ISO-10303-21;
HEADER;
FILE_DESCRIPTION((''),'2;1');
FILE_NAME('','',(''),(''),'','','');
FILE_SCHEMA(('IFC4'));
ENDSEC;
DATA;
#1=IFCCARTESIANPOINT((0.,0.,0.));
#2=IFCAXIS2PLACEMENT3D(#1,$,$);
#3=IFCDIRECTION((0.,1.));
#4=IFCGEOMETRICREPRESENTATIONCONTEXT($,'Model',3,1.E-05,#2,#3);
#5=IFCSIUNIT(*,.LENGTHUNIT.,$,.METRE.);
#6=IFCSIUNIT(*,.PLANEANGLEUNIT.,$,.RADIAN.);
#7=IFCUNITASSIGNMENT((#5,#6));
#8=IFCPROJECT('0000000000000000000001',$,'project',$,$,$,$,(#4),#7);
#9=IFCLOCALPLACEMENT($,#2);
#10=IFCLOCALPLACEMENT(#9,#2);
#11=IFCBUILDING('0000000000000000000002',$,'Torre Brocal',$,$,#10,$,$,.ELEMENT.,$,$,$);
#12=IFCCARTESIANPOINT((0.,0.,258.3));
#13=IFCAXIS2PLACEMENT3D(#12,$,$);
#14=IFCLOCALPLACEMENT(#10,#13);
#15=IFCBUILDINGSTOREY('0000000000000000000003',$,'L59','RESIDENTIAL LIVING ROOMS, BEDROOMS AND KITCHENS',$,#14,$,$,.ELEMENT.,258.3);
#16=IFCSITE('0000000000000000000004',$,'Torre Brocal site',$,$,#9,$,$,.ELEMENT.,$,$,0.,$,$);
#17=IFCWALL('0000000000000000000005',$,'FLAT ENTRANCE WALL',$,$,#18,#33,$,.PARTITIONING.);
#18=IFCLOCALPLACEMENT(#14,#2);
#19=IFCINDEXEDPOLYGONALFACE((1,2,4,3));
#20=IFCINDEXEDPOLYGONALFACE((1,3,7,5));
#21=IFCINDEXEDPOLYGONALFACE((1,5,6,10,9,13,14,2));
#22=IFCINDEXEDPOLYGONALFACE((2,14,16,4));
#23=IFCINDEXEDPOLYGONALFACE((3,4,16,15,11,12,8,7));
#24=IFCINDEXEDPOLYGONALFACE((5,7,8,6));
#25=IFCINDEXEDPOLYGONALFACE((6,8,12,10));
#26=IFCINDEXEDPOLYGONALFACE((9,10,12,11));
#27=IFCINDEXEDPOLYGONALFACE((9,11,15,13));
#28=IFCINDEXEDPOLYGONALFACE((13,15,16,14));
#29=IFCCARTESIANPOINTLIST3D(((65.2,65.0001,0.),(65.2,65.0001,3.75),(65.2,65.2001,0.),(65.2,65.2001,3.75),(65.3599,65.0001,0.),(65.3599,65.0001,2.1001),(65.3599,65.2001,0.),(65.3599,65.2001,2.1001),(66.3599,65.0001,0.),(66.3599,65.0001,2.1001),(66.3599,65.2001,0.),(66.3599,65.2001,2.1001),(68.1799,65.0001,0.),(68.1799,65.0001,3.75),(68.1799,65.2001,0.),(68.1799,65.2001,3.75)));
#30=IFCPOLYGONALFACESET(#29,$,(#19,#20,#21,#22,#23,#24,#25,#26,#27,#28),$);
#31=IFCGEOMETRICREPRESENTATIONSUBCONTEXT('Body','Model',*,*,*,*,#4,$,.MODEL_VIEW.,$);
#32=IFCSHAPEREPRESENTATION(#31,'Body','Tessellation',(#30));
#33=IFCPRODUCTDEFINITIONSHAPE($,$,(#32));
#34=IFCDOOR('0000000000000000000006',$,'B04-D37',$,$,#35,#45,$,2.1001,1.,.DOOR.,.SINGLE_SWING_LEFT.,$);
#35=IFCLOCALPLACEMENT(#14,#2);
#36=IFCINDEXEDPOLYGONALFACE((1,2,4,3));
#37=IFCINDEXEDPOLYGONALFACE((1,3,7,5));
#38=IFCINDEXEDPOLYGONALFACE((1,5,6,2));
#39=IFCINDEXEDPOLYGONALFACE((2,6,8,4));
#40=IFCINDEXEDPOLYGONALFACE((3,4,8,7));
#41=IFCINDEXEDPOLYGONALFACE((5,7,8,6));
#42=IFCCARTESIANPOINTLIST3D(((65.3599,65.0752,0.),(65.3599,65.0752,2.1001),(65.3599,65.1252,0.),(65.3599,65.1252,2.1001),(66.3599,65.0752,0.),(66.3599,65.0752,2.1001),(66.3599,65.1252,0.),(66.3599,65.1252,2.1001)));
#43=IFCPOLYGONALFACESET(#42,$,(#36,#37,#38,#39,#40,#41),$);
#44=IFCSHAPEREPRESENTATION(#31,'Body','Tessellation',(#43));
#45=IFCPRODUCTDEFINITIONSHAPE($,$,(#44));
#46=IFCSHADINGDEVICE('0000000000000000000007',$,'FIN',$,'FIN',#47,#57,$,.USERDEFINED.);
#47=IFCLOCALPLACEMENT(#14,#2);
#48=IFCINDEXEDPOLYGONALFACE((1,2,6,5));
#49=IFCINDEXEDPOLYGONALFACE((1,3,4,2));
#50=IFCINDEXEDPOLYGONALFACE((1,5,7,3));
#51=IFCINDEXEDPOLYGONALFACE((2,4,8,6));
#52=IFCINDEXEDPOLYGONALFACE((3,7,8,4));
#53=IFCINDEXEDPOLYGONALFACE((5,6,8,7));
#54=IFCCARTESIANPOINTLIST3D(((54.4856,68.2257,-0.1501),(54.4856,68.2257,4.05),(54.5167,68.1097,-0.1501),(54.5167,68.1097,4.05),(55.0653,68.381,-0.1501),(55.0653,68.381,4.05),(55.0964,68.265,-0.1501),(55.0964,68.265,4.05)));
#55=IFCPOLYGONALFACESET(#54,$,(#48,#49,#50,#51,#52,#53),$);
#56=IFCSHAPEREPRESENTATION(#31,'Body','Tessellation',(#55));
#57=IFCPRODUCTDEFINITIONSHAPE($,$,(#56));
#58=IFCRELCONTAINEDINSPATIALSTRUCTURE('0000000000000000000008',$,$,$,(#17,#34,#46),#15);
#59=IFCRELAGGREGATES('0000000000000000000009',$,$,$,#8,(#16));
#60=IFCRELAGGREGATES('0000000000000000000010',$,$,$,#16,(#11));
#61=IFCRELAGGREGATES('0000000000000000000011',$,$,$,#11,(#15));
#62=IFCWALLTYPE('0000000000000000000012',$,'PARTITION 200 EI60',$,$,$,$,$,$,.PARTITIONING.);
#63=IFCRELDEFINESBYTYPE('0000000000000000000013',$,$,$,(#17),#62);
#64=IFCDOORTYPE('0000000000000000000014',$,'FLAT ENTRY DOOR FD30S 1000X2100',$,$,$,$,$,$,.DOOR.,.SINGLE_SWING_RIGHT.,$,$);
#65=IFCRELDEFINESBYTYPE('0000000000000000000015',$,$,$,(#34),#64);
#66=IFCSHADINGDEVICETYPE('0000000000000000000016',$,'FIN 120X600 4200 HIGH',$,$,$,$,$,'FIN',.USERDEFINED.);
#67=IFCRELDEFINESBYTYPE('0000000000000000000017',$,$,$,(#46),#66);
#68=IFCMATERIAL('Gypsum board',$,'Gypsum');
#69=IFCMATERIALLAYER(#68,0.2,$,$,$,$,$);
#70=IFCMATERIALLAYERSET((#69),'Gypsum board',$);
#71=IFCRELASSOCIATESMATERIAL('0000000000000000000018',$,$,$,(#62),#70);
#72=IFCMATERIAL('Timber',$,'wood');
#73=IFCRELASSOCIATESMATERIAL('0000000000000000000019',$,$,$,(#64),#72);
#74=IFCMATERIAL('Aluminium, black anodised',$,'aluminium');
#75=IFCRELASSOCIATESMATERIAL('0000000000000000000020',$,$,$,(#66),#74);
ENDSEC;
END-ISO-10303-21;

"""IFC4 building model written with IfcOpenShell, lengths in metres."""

from ifc_helpers import new_model, si_unit, direction, frame, frame_2d, origin, origin_2d, place, context, subcontext, project, spatial, rectangle, extrude, material, layer, layer_set, material_profile, profile_set, type_object, element, fill, save


model = new_model("IFC4")

# Units and contexts
model_context = context("Model", 3, precision=1e-05, world=origin(), true_north=direction((0.0, 1.0)))
body_context = subcontext(model_context, "Body", "Model", "MODEL_VIEW")
ifc_project = project(units=[si_unit("LENGTHUNIT", "METRE"), si_unit("PLANEANGLEUNIT", "RADIAN")], contexts=[model_context])

# Site, building, storey
site_placement = place(None, origin())
site = spatial("IfcSite", under=ifc_project, at=site_placement, Name="Torre Brocal site", CompositionType="ELEMENT", RefElevation=0.0)
building_placement = place(site_placement, origin())
building = spatial("IfcBuilding", under=site, at=building_placement, Name="Torre Brocal", CompositionType="ELEMENT")
storey_placement = place(building_placement, frame((0.0, 0.0, 258.3)))
storey = spatial("IfcBuildingStorey", under=building, at=storey_placement, Name="L59", Description="RESIDENTIAL LIVING ROOMS, BEDROOMS AND KITCHENS", CompositionType="ELEMENT", Elevation=258.3)

# Wall, opening, door
ifc_material_1 = material(Name="Gypsum board", Category="Gypsum")
ifc_layer_1 = layer(ifc_material_1, 0.2)
ifc_layer_set_1 = layer_set([ifc_layer_1], Name="Gypsum board")
wall_type_1 = type_object("IfcWallType", Name="PARTITION 200 EI60", PredefinedType="PARTITIONING", material=ifc_layer_set_1)
wall_1_placement = place(storey_placement, frame((65.2, 65.1001, 0.0), z_axis=(0.0, 0.0, 1.0), x_axis=(1.0, 0.0, 0.0)))
wall_1 = element("IfcWall", 1, at=wall_1_placement, inside=storey, type_object=wall_type_1, Name="FLAT ENTRANCE WALL", PredefinedType="PARTITIONING", context=body_context, shape_type="SweptSolid", body=[
    extrude(rectangle(XDim=2.98, YDim=0.2, at=frame_2d((1.49, 0.0))), origin(), (0.0, 0.0, 1.0), 3.75),
])
opening_1_placement = place(wall_1_placement, frame((0.1599, 0.0, 0.0)))
opening_1 = element("IfcOpeningElement", 2, at=opening_1_placement, cuts=wall_1, PredefinedType="OPENING", context=body_context, shape_type="SweptSolid", body=[
    extrude(rectangle(XDim=1.0, YDim=2.1001, at=frame_2d((0.5, 1.05))), frame((0.0, 0.1099, 0.0), z_axis=(0.0, -1.0, 0.0), x_axis=(1.0, 0.0, 0.0)), (0.0, 0.0, 1.0), 0.22),
])
ifc_material_2 = material(Name="Timber", Category="wood")
door_type_1 = type_object("IfcDoorType", Name="FLAT ENTRY DOOR FD30S 1000X2100", OperationType="SINGLE_SWING_RIGHT", PredefinedType="DOOR", material=ifc_material_2)
door_1_placement = place(opening_1_placement, frame((1.0, 0.0, 0.0), z_axis=(0.0, 0.0, 1.0), x_axis=(-1.0, 0.0, 0.0)))
door_1 = element("IfcDoor", 3, at=door_1_placement, inside=storey, type_object=door_type_1, Name="B04-D37", OperationType="SINGLE_SWING_LEFT", OverallHeight=2.1001, OverallWidth=1.0, PredefinedType="DOOR", context=body_context, shape_type="SweptSolid", body=[
    extrude(rectangle(XDim=1.0, YDim=2.1001, at=frame_2d((0.5, 1.05))), frame((0.0, 0.0249, 0.0), z_axis=(0.0, -1.0, 0.0), x_axis=(1.0, 0.0, 0.0)), (0.0, 0.0, 1.0), 0.05),
])
fill(opening_1, door_1)

# Shading device
ifc_material_3 = material(Name="Aluminium, black anodised", Category="aluminium")
ifc_material_profile_1 = material_profile(ifc_material_3, rectangle(XDim=0.1201, YDim=0.6001, at=origin_2d()), Name="FIN 120X600 4200 HIGH")
ifc_profile_set_1 = profile_set([ifc_material_profile_1], Name="Aluminium, black anodised")
shading_device_type = type_object("IfcShadingDeviceType", Name="FIN 120X600 4200 HIGH", ElementType="FIN", PredefinedType="USERDEFINED", material=ifc_profile_set_1)
shading_device_placement = place(storey_placement, frame((54.791, 68.2454, -0.1501), z_axis=(0.0, 0.0, 1.0), x_axis=(0.258819, -0.965926, 0.0)))
element("IfcShadingDevice", 4, at=shading_device_placement, inside=storey, type_object=shading_device_type, Name="FIN", ObjectType="FIN", PredefinedType="USERDEFINED", context=body_context, shape_type="SweptSolid", body=[
    extrude(rectangle(XDim=0.1201, YDim=0.6001, at=origin_2d()), origin(), (0.0, 0.0, 1.0), 4.2002),
])

save(model, "model.ifc")
